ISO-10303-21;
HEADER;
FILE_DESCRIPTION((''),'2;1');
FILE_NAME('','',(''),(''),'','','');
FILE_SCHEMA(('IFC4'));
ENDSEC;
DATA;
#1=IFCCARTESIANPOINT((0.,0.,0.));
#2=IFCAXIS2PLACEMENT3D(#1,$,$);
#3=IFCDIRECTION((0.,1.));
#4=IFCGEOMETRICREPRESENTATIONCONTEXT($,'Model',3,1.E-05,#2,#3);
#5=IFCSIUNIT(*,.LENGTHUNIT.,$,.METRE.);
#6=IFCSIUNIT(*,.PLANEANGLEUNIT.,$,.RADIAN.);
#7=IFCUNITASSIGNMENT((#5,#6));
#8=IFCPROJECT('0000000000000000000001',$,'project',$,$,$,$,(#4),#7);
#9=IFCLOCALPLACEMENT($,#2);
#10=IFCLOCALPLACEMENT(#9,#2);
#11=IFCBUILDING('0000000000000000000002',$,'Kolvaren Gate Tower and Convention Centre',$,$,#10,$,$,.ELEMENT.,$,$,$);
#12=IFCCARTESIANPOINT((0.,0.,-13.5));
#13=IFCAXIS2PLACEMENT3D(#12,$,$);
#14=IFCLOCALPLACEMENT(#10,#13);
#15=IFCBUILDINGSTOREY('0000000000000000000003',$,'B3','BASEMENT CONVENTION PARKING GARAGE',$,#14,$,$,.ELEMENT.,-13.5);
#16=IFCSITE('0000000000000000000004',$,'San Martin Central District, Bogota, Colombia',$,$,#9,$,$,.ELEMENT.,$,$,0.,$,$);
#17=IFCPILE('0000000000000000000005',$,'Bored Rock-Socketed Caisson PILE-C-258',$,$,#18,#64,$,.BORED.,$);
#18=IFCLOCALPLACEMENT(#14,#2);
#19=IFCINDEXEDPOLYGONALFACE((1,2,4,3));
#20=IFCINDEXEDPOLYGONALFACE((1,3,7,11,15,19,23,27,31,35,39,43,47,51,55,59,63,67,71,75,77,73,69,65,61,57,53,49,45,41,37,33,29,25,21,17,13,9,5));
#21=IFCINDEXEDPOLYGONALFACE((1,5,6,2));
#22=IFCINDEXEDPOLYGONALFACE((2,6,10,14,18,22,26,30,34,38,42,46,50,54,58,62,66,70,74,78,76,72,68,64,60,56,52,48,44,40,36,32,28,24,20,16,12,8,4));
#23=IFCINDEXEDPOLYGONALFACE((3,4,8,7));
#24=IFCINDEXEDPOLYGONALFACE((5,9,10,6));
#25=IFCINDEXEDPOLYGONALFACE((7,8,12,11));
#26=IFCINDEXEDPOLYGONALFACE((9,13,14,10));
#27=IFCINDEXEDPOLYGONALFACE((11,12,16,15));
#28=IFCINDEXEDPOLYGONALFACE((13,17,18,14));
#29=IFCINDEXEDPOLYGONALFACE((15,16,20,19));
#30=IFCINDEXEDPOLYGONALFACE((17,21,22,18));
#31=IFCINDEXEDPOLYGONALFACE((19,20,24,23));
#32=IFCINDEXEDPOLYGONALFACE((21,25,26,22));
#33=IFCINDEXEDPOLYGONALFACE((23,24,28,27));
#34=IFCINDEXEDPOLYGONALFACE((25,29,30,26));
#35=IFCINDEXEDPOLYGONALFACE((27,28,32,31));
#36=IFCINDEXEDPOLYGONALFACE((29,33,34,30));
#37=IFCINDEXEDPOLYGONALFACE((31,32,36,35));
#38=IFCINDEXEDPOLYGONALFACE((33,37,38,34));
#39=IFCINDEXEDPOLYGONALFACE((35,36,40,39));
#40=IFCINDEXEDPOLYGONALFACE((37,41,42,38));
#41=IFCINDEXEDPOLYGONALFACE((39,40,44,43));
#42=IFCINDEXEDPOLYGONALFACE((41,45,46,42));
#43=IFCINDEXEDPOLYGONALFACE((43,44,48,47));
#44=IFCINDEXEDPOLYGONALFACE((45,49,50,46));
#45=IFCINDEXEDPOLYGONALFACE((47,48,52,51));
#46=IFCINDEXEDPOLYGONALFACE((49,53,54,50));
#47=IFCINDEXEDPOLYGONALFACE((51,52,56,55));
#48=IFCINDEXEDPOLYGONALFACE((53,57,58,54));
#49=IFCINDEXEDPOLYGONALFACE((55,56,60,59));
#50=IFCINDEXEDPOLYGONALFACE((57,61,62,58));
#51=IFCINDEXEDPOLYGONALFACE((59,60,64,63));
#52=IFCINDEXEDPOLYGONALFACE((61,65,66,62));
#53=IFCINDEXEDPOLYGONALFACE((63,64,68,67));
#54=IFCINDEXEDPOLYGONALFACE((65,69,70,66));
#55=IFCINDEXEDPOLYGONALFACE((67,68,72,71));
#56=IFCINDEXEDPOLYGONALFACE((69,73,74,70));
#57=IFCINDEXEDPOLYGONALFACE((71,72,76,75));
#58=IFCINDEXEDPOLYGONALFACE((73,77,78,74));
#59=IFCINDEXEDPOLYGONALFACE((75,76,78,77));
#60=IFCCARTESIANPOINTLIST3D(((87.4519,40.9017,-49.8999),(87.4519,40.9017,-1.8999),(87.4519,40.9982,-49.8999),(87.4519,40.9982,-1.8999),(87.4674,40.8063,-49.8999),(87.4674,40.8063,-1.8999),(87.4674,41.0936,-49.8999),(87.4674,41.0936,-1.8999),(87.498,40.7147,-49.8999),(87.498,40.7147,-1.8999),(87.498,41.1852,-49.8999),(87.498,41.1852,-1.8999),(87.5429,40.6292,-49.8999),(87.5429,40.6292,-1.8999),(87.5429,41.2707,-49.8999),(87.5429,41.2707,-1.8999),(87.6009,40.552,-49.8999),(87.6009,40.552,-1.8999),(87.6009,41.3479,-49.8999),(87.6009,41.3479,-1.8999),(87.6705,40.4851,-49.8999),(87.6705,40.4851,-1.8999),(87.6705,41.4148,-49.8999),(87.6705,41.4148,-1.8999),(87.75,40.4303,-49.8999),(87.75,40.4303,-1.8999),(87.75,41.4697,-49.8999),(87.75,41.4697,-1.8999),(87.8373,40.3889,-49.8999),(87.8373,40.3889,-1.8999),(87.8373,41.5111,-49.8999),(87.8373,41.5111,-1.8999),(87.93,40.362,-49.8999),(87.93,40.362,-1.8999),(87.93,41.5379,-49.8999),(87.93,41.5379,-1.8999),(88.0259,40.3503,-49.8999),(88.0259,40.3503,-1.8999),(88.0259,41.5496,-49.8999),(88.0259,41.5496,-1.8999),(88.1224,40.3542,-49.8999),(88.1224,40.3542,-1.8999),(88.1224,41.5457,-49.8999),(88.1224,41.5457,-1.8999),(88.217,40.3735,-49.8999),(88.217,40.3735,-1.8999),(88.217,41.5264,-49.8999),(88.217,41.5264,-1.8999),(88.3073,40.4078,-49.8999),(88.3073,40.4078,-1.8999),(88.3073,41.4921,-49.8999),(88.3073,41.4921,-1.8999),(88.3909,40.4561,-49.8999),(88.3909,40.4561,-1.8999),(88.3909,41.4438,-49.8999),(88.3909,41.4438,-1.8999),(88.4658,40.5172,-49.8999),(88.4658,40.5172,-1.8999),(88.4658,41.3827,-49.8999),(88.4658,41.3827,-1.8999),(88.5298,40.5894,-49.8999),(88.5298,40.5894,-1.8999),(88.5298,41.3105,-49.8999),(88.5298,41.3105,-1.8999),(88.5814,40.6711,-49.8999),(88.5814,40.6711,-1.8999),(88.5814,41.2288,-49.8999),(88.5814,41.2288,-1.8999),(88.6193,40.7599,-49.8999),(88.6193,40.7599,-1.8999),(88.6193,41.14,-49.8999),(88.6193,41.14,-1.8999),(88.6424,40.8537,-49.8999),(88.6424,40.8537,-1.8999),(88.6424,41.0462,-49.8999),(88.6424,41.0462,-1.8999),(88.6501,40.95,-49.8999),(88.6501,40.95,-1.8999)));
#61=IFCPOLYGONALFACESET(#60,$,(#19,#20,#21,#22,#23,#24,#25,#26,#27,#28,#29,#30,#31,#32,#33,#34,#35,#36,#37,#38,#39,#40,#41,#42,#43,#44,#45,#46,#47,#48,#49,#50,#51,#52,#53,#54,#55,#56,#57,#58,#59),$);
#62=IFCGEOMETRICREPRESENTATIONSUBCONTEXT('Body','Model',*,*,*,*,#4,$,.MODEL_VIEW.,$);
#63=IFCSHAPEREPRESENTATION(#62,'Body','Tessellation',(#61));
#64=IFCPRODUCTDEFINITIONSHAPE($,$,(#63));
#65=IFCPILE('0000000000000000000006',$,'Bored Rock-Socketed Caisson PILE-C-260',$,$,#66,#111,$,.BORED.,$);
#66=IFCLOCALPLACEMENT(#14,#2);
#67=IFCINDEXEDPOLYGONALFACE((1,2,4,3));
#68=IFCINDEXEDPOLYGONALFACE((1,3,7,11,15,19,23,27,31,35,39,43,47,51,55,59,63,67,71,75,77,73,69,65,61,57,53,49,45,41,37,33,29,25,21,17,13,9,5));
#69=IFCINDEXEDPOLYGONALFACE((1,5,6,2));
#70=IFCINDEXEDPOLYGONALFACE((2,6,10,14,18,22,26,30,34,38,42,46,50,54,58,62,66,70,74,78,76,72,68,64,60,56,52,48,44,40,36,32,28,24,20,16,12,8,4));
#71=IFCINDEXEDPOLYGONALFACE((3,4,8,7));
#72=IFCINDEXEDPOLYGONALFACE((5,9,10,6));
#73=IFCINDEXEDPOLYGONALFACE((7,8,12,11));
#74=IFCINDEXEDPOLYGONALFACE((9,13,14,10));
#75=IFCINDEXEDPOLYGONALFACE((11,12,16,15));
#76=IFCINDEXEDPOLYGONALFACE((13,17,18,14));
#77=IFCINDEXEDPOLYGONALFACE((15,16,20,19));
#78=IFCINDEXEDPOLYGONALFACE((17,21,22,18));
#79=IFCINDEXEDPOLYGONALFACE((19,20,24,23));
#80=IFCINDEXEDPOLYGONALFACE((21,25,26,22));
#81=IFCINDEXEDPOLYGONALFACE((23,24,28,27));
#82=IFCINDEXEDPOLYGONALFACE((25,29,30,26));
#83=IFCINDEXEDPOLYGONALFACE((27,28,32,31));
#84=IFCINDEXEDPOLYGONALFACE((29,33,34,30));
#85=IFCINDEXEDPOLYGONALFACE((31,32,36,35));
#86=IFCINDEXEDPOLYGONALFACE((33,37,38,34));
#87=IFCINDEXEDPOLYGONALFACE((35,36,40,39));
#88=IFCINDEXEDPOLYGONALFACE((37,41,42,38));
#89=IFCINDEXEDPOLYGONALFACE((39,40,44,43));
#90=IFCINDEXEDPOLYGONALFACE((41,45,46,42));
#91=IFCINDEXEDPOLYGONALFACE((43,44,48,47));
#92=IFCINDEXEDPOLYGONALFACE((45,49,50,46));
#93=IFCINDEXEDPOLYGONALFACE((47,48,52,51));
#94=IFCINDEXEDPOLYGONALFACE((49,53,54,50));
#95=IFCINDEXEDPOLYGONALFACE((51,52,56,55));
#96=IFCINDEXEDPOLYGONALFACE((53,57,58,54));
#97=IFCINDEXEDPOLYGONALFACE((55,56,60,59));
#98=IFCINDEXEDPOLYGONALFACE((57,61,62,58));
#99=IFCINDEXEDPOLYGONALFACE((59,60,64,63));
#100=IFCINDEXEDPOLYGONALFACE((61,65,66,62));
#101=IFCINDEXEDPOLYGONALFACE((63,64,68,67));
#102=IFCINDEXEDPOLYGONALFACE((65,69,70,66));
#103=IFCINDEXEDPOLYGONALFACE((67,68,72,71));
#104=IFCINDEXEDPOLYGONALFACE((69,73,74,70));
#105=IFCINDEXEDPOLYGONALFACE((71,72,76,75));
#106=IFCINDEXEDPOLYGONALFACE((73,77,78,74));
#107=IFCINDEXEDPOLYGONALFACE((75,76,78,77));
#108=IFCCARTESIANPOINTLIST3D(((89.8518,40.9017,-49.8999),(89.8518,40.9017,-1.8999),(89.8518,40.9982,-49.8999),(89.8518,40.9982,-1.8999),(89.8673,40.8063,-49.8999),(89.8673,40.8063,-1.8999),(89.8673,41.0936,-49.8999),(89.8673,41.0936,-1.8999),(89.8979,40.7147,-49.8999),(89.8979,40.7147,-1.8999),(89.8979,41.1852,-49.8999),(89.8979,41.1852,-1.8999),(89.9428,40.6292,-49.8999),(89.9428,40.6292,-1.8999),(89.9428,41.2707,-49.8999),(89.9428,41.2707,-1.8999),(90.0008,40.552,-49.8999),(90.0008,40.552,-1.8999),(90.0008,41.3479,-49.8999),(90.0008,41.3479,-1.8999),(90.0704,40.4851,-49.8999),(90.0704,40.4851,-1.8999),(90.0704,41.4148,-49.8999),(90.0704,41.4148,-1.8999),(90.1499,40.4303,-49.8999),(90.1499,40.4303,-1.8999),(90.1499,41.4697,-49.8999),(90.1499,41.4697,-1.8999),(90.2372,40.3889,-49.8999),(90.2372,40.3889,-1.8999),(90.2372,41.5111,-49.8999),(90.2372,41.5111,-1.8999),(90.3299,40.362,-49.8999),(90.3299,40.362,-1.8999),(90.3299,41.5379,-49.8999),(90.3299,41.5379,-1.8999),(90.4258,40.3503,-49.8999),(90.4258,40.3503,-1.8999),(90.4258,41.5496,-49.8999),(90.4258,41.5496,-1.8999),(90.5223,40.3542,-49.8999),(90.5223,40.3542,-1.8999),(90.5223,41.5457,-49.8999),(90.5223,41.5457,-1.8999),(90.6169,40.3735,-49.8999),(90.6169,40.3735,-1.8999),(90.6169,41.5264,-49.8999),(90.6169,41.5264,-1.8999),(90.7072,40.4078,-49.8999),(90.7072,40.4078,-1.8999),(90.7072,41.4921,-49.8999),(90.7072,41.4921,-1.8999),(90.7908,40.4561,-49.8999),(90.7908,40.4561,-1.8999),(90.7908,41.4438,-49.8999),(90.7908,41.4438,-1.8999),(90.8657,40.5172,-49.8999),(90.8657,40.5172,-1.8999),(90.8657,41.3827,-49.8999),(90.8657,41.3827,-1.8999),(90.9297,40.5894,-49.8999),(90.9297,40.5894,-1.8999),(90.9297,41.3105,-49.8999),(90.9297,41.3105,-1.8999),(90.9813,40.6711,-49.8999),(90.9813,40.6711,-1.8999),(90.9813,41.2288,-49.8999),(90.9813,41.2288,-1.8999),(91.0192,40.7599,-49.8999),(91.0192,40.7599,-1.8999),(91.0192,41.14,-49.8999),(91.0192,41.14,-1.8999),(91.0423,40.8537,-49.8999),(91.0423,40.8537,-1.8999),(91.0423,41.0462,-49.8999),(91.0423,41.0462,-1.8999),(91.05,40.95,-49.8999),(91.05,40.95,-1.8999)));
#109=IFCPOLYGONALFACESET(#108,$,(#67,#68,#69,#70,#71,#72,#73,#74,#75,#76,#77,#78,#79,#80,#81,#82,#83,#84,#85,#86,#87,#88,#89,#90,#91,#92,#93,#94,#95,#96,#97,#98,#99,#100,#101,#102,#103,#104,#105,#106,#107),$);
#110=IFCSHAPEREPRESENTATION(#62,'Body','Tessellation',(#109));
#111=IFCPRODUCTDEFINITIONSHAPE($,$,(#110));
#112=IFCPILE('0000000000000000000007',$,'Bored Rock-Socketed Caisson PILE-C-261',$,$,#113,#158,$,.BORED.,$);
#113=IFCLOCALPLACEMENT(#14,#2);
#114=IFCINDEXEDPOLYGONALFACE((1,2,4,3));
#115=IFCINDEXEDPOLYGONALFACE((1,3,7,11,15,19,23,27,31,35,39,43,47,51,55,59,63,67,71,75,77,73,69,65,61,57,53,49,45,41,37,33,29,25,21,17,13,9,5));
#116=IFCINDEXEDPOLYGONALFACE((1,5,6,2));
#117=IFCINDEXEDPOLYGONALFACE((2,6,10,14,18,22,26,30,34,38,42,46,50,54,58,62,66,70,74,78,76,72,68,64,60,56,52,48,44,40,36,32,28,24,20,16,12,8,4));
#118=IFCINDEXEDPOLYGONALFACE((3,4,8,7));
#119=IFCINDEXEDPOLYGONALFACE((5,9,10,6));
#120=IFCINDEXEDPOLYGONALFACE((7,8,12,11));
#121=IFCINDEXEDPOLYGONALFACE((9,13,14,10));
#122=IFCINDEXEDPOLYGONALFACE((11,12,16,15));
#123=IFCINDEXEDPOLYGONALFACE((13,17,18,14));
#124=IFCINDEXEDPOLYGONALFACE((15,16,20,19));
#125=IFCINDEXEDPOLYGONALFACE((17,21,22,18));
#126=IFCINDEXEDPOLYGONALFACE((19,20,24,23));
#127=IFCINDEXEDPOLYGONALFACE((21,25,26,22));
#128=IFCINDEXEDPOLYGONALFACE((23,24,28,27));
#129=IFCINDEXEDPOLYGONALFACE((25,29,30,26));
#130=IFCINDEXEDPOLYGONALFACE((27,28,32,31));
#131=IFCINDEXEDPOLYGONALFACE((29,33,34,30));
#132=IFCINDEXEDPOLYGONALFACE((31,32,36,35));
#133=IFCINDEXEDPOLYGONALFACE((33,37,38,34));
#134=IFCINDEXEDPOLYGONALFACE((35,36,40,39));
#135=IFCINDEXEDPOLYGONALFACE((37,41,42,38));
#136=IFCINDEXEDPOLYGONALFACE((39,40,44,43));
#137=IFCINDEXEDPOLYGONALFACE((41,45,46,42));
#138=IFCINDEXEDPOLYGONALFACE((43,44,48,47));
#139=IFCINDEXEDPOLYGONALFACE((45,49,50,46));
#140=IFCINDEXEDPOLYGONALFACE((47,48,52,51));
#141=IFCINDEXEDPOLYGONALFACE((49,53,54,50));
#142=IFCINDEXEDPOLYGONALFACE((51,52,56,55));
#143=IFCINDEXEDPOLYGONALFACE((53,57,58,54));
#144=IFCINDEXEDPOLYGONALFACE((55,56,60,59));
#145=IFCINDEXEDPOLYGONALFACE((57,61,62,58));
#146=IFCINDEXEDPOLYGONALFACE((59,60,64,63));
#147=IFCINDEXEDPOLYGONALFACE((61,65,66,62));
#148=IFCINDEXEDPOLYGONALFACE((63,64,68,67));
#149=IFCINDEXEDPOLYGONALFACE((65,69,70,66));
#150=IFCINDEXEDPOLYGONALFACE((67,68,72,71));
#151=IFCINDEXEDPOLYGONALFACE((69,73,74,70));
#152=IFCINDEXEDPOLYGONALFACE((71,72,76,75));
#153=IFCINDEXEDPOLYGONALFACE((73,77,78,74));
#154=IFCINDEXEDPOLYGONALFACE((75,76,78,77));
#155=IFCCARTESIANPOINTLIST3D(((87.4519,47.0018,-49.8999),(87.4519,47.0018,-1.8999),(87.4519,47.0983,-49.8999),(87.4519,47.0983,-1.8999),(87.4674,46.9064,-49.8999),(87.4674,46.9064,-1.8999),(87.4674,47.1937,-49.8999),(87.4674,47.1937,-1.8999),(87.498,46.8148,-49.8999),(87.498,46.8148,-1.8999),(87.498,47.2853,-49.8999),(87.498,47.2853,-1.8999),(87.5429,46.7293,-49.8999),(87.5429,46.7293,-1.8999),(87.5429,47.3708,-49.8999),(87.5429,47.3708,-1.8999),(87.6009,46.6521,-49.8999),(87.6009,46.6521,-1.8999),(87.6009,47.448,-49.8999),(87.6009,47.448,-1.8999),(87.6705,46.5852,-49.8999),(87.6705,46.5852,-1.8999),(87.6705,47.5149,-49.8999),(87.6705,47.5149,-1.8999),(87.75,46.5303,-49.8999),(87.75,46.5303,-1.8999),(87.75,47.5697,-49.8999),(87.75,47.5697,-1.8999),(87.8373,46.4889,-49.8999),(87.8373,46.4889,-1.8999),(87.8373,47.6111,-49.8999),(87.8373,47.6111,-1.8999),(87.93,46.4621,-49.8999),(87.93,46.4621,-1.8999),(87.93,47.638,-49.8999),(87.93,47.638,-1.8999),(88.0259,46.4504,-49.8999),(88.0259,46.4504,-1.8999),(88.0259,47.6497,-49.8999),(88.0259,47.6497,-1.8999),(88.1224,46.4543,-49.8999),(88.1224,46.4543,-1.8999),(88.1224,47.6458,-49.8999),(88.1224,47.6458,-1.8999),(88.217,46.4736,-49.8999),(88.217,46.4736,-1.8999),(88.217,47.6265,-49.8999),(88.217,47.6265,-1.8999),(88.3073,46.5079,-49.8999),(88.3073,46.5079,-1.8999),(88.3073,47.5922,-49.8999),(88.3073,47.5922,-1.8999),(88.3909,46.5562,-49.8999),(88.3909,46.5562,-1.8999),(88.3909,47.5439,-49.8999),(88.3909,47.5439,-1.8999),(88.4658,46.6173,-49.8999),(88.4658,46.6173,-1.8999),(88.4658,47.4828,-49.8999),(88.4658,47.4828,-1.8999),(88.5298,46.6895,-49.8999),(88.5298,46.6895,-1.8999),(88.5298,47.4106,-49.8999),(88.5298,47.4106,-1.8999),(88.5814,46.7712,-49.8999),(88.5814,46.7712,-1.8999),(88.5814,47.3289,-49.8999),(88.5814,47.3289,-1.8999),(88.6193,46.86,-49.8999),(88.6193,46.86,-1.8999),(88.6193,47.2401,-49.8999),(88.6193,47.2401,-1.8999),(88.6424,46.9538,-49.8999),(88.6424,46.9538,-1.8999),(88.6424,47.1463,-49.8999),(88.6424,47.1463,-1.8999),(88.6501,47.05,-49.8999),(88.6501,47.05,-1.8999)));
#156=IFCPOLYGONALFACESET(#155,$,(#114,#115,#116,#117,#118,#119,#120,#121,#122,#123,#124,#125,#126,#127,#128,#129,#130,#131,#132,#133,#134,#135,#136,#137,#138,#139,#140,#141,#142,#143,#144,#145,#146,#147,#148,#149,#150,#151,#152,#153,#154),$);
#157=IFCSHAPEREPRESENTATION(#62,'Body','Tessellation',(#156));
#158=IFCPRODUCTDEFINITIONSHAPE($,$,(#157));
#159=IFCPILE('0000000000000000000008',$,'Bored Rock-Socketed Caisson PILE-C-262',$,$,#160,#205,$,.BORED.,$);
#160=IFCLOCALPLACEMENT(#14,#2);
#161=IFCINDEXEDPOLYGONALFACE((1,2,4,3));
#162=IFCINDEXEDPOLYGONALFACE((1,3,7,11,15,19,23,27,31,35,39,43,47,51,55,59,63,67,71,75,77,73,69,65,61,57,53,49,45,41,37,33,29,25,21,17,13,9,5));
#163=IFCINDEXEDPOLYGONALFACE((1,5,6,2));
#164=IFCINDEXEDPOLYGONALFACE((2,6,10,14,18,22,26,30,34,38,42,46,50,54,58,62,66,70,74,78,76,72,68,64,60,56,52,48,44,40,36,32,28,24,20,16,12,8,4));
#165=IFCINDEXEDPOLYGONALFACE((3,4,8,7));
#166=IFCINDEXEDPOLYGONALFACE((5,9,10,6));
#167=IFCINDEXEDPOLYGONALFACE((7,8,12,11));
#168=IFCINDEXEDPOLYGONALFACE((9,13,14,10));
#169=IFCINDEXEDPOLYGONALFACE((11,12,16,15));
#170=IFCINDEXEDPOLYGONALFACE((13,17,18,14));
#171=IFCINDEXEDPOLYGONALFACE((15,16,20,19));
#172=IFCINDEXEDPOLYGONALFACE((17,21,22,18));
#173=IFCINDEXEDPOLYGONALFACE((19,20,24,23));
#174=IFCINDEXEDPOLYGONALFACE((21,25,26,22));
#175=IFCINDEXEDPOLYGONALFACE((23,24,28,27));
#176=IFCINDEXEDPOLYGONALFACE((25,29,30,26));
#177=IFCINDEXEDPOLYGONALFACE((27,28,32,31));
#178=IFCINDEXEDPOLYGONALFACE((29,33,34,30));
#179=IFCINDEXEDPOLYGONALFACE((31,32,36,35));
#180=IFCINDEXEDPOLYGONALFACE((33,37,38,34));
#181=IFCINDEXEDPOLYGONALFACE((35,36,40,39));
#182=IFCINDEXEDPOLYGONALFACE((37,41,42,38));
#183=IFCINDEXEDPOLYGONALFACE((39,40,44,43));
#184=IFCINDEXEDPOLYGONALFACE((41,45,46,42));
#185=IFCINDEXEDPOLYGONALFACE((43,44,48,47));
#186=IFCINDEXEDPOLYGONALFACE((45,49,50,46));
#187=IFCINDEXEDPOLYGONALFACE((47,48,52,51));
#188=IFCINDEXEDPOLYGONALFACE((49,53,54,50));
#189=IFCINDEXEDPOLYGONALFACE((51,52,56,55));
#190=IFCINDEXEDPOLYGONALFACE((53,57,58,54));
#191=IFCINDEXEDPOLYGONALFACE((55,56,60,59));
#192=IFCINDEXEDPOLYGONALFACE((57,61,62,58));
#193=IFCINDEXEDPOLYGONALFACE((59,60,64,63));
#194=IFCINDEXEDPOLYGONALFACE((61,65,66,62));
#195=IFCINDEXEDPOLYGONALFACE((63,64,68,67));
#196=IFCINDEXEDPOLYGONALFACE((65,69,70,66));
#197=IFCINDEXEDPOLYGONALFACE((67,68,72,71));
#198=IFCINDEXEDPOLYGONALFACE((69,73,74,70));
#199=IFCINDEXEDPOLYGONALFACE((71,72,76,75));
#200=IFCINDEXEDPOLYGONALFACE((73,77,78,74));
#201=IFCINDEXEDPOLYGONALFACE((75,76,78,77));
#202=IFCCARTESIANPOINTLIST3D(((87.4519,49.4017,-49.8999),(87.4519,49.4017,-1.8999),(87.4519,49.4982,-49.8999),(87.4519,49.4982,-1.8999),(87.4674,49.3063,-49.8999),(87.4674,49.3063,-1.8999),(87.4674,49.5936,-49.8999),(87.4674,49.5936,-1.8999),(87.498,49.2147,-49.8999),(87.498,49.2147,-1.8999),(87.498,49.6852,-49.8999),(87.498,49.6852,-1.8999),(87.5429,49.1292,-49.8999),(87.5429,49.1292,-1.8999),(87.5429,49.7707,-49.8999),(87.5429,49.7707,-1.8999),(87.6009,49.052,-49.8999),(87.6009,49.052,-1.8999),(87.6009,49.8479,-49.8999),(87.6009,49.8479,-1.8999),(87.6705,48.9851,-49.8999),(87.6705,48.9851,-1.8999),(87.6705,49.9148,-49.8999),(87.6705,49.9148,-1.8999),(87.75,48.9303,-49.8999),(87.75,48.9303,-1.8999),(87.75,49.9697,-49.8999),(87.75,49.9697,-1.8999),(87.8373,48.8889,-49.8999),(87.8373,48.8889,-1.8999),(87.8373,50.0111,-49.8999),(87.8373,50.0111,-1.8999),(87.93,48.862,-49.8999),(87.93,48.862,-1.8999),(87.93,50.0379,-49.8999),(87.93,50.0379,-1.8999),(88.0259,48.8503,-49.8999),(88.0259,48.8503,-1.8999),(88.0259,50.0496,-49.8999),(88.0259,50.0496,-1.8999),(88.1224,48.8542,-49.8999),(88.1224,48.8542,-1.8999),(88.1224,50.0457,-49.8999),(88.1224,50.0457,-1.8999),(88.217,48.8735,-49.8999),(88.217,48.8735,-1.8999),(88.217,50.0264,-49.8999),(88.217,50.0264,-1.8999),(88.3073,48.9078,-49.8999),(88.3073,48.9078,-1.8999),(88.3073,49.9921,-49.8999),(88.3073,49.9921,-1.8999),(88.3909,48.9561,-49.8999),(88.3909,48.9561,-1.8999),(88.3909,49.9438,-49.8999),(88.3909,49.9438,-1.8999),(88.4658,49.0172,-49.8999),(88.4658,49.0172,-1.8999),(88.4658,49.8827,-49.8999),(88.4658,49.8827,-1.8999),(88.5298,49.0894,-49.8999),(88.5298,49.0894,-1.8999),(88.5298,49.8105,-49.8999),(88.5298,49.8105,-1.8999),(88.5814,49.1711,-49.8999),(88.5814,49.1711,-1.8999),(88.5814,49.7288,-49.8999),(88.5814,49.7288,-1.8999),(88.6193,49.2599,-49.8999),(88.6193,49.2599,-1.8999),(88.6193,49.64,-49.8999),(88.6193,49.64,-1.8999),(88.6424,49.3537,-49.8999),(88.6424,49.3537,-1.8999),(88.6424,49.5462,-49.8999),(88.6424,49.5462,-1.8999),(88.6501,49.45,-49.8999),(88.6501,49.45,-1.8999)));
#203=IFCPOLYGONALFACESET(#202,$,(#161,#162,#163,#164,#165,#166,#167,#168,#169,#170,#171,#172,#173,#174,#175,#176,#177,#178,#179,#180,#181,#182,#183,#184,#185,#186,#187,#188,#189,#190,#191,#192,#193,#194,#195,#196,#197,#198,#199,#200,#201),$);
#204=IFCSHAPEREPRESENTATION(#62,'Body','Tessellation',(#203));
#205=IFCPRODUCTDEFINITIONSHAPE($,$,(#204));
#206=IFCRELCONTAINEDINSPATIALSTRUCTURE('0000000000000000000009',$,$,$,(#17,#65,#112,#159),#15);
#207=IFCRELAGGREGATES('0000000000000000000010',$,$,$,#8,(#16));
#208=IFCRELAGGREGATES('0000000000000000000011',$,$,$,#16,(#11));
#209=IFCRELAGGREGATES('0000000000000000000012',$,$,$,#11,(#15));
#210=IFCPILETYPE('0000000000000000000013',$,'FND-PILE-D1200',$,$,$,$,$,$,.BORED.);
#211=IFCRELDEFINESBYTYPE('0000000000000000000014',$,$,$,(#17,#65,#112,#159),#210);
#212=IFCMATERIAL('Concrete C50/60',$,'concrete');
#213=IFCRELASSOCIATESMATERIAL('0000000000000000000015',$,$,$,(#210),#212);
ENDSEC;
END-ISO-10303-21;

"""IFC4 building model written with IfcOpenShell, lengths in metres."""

from ifc_helpers import new_model, si_unit, direction, frame, origin, origin_2d, place, context, subcontext, project, spatial, circle, extrude, material, material_profile, profile_set, type_object, element, save


model = new_model("IFC4")

# Units and contexts
model_context = context("Model", 3, precision=1e-05, world=origin(), true_north=direction((0.0, 1.0)))
body_context = subcontext(model_context, "Body", "Model", "MODEL_VIEW")
ifc_project = project(units=[si_unit("LENGTHUNIT", "METRE"), si_unit("PLANEANGLEUNIT", "RADIAN")], contexts=[model_context])

# Site, building, storey
site_placement = place(None, origin())
site = spatial("IfcSite", under=ifc_project, at=site_placement, Name="San Martin Central District, Bogota, Colombia", CompositionType="ELEMENT", RefElevation=0.0)
building_placement = place(site_placement, origin())
building = spatial("IfcBuilding", under=site, at=building_placement, Name="Kolvaren Gate Tower and Convention Centre", CompositionType="ELEMENT")
storey_placement = place(building_placement, frame((0.0, 0.0, -13.5)))
storey = spatial("IfcBuildingStorey", under=building, at=storey_placement, Name="B3", Description="BASEMENT CONVENTION PARKING GARAGE", CompositionType="ELEMENT", Elevation=-13.5)

# Shared definitions
ifc_material_1 = material(Name="Concrete C50/60", Category="concrete")

# Piles
ifc_material_profile_1 = material_profile(ifc_material_1, circle(Radius=0.6001, at=origin_2d()), Name="CAISSON-D1200")
ifc_profile_set_1 = profile_set([ifc_material_profile_1], Name="Concrete C50/60")
pile_type = type_object("IfcPileType", Name="FND-PILE-D1200", PredefinedType="BORED", material=ifc_profile_set_1)
for number, where, z_axis, x_axis, name in (
    (1, (88.05, 40.95, -1.8999), (0.0, 0.0, -1.0), (1.0, 0.0, 0.0), "Bored Rock-Socketed Caisson PILE-C-258"),
    (2, (90.45, 40.95, -1.8999), (0.0, 0.0, -1.0), (1.0, 0.0, 0.0), "Bored Rock-Socketed Caisson PILE-C-260"),
    (3, (88.05, 47.05, -1.8999), (0.0, 0.0, -1.0), (1.0, 0.0, 0.0), "Bored Rock-Socketed Caisson PILE-C-261"),
    (4, (88.05, 49.45, -1.8999), (0.0, 0.0, -1.0), (1.0, 0.0, 0.0), "Bored Rock-Socketed Caisson PILE-C-262"),
):
    element("IfcPile", number, at=place(storey_placement, frame(where, z_axis=z_axis, x_axis=x_axis)), inside=storey, type_object=pile_type, Name=name, PredefinedType="BORED", context=body_context, shape_type="SweptSolid", body=[
        extrude(circle(Radius=0.6001, at=origin_2d()), origin(), (0.0, 0.0, 1.0), 48.0),
    ])

save(model, "model.ifc")
